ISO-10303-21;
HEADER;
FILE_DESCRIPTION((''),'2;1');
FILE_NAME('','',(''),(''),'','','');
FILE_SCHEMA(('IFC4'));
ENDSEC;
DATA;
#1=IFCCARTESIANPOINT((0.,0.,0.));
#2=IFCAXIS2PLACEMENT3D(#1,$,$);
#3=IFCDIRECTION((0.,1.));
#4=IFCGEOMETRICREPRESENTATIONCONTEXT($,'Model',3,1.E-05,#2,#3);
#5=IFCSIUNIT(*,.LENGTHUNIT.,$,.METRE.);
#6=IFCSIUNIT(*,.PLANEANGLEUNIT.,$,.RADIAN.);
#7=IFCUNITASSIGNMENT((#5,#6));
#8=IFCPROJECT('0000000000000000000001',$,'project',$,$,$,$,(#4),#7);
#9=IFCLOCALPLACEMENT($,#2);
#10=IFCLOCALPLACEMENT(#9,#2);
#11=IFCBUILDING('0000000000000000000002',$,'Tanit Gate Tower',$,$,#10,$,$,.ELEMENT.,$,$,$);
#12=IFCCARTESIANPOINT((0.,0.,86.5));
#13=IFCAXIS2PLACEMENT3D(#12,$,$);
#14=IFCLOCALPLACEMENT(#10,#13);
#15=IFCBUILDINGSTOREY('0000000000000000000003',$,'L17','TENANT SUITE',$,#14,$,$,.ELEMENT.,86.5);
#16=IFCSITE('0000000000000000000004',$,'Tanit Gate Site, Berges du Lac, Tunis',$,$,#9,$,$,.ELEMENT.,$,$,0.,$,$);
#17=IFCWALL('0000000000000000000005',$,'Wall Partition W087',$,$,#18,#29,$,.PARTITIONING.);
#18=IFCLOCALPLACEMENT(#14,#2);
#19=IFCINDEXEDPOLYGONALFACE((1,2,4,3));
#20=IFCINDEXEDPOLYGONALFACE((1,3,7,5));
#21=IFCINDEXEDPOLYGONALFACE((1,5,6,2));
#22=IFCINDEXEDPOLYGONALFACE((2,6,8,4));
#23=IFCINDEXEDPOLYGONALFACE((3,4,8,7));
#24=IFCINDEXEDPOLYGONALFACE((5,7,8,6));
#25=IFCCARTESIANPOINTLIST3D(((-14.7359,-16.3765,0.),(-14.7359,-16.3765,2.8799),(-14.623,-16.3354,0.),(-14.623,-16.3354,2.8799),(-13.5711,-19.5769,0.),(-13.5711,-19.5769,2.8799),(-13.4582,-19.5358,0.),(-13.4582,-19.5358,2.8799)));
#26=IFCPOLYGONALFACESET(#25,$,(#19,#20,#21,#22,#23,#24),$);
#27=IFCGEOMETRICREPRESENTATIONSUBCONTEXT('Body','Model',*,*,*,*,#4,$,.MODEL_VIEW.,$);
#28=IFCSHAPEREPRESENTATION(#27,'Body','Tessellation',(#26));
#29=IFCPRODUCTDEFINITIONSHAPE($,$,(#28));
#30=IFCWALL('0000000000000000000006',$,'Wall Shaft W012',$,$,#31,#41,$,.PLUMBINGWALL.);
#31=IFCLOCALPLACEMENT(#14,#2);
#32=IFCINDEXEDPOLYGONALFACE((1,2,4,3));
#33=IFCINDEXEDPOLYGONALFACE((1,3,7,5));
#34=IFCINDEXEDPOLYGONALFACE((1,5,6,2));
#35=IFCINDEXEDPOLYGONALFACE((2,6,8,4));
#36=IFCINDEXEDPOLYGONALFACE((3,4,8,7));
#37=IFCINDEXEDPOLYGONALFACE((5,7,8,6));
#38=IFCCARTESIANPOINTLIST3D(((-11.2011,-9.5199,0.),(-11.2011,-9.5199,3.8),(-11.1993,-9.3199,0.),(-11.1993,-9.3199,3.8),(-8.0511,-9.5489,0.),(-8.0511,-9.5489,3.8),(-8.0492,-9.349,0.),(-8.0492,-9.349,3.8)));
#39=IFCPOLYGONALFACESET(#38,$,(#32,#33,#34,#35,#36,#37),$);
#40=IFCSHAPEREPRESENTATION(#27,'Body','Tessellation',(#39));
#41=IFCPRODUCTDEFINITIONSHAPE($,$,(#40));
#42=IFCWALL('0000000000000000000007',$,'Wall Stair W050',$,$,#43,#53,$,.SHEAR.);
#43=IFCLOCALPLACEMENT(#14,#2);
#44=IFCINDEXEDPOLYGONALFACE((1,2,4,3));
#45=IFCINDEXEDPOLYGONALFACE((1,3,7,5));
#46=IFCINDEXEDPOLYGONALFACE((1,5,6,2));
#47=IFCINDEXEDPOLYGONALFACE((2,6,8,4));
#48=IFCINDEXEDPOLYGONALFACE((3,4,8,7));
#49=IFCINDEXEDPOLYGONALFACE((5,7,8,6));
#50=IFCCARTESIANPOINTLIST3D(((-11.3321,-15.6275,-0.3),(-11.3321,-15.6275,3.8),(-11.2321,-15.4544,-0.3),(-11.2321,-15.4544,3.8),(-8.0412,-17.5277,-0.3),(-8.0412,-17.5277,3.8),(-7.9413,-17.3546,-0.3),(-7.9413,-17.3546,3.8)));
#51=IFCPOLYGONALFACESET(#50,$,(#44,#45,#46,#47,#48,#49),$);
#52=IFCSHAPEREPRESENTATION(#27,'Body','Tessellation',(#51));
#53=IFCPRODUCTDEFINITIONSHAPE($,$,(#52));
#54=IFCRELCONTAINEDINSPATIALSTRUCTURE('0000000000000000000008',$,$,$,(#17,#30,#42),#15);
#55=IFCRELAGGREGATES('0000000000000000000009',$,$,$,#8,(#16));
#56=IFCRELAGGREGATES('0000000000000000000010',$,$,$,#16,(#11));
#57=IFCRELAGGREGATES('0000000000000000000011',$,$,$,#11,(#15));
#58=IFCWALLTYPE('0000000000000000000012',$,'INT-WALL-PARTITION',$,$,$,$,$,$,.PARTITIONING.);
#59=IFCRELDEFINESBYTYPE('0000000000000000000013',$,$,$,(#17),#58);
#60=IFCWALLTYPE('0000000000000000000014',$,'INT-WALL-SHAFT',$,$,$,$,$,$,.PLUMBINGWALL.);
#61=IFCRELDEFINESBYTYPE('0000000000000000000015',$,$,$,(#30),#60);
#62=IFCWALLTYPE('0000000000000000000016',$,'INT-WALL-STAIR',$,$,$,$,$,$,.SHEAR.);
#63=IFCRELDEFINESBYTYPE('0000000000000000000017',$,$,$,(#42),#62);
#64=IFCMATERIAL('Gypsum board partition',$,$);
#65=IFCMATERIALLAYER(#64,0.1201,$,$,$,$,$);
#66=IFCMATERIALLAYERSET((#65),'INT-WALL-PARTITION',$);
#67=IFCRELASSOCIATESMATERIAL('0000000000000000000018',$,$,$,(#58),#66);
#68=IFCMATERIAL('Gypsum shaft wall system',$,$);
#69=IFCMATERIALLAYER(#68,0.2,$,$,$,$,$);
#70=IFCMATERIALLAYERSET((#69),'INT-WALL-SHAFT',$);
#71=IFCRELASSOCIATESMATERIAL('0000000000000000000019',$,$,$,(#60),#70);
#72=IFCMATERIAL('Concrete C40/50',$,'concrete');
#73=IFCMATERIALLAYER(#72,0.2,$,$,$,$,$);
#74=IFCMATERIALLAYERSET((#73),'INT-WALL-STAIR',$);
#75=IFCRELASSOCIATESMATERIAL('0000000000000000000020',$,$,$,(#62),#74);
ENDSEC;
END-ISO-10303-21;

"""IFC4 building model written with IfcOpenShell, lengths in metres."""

from ifc_helpers import new_model, si_unit, direction, frame, frame_2d, origin, place, context, subcontext, project, spatial, rectangle, extrude, material, layer, layer_set, type_object, element, save


model = new_model("IFC4")

# Units and contexts
model_context = context("Model", 3, precision=1e-05, world=origin(), true_north=direction((0.0, 1.0)))
body_context = subcontext(model_context, "Body", "Model", "MODEL_VIEW")
ifc_project = project(units=[si_unit("LENGTHUNIT", "METRE"), si_unit("PLANEANGLEUNIT", "RADIAN")], contexts=[model_context])

# Site, building, storey
site_placement = place(None, origin())
site = spatial("IfcSite", under=ifc_project, at=site_placement, Name="Tanit Gate Site, Berges du Lac, Tunis", CompositionType="ELEMENT", RefElevation=0.0)
building_placement = place(site_placement, origin())
building = spatial("IfcBuilding", under=site, at=building_placement, Name="Tanit Gate Tower", CompositionType="ELEMENT")
storey_placement = place(building_placement, frame((0.0, 0.0, 86.5)))
storey = spatial("IfcBuildingStorey", under=building, at=storey_placement, Name="L17", Description="TENANT SUITE", CompositionType="ELEMENT", Elevation=86.5)

# Shared definitions
ifc_material_1 = material(Name="Gypsum board partition")
ifc_layer_1 = layer(ifc_material_1, 0.1201)
ifc_layer_set_1 = layer_set([ifc_layer_1], Name="INT-WALL-PARTITION")
wall_type_1 = type_object("IfcWallType", Name="INT-WALL-PARTITION", PredefinedType="PARTITIONING", material=ifc_layer_set_1)

# Walls
wall_1_placement = place(storey_placement, frame((-14.6794, -16.356, 0.0), z_axis=(0.0, 0.0, 1.0), x_axis=(0.342002, -0.939699, 0.0)))
element("IfcWall", 1, at=wall_1_placement, inside=storey, type_object=wall_type_1, Name="Wall Partition W087", PredefinedType="PARTITIONING", context=body_context, shape_type="SweptSolid", body=[
    extrude(rectangle(XDim=3.4058, YDim=0.1201, at=frame_2d((1.7029, 0.0))), origin(), (0.0, 0.0, 1.0), 2.8799),
])
ifc_material_2 = material(Name="Gypsum shaft wall system")
ifc_layer_2 = layer(ifc_material_2, 0.2)
ifc_layer_set_2 = layer_set([ifc_layer_2], Name="INT-WALL-SHAFT")
wall_type_2 = type_object("IfcWallType", Name="INT-WALL-SHAFT", PredefinedType="PLUMBINGWALL", material=ifc_layer_set_2)
wall_2_placement = place(storey_placement, frame((-8.05, -9.449, 0.0), z_axis=(0.0, 0.0, 1.0), x_axis=(-0.999957, 0.009223, 0.0)))
element("IfcWall", 2, at=wall_2_placement, inside=storey, type_object=wall_type_2, Name="Wall Shaft W012", PredefinedType="PLUMBINGWALL", context=body_context, shape_type="SweptSolid", body=[
    extrude(rectangle(XDim=3.1501, YDim=0.2, at=frame_2d((1.5752, 0.0))), origin(), (0.0, 0.0, 1.0), 3.8),
])
ifc_material_3 = material(Name="Concrete C40/50", Category="concrete")
ifc_layer_3 = layer(ifc_material_3, 0.2)
ifc_layer_set_3 = layer_set([ifc_layer_3], Name="INT-WALL-STAIR")
wall_type_3 = type_object("IfcWallType", Name="INT-WALL-STAIR", PredefinedType="SHEAR", material=ifc_layer_set_3)
wall_3_placement = place(storey_placement, frame((-11.282, -15.541, -0.3), z_axis=(0.0, 0.0, 1.0), x_axis=(0.866, -0.500043, 0.0)))
element("IfcWall", 3, at=wall_3_placement, inside=storey, type_object=wall_type_3, Name="Wall Stair W050", PredefinedType="SHEAR", context=body_context, shape_type="SweptSolid", body=[
    extrude(rectangle(XDim=3.8, YDim=0.2, at=frame_2d((1.8999, 0.0))), origin(), (0.0, 0.0, 1.0), 4.1001),
])

save(model, "model.ifc")
